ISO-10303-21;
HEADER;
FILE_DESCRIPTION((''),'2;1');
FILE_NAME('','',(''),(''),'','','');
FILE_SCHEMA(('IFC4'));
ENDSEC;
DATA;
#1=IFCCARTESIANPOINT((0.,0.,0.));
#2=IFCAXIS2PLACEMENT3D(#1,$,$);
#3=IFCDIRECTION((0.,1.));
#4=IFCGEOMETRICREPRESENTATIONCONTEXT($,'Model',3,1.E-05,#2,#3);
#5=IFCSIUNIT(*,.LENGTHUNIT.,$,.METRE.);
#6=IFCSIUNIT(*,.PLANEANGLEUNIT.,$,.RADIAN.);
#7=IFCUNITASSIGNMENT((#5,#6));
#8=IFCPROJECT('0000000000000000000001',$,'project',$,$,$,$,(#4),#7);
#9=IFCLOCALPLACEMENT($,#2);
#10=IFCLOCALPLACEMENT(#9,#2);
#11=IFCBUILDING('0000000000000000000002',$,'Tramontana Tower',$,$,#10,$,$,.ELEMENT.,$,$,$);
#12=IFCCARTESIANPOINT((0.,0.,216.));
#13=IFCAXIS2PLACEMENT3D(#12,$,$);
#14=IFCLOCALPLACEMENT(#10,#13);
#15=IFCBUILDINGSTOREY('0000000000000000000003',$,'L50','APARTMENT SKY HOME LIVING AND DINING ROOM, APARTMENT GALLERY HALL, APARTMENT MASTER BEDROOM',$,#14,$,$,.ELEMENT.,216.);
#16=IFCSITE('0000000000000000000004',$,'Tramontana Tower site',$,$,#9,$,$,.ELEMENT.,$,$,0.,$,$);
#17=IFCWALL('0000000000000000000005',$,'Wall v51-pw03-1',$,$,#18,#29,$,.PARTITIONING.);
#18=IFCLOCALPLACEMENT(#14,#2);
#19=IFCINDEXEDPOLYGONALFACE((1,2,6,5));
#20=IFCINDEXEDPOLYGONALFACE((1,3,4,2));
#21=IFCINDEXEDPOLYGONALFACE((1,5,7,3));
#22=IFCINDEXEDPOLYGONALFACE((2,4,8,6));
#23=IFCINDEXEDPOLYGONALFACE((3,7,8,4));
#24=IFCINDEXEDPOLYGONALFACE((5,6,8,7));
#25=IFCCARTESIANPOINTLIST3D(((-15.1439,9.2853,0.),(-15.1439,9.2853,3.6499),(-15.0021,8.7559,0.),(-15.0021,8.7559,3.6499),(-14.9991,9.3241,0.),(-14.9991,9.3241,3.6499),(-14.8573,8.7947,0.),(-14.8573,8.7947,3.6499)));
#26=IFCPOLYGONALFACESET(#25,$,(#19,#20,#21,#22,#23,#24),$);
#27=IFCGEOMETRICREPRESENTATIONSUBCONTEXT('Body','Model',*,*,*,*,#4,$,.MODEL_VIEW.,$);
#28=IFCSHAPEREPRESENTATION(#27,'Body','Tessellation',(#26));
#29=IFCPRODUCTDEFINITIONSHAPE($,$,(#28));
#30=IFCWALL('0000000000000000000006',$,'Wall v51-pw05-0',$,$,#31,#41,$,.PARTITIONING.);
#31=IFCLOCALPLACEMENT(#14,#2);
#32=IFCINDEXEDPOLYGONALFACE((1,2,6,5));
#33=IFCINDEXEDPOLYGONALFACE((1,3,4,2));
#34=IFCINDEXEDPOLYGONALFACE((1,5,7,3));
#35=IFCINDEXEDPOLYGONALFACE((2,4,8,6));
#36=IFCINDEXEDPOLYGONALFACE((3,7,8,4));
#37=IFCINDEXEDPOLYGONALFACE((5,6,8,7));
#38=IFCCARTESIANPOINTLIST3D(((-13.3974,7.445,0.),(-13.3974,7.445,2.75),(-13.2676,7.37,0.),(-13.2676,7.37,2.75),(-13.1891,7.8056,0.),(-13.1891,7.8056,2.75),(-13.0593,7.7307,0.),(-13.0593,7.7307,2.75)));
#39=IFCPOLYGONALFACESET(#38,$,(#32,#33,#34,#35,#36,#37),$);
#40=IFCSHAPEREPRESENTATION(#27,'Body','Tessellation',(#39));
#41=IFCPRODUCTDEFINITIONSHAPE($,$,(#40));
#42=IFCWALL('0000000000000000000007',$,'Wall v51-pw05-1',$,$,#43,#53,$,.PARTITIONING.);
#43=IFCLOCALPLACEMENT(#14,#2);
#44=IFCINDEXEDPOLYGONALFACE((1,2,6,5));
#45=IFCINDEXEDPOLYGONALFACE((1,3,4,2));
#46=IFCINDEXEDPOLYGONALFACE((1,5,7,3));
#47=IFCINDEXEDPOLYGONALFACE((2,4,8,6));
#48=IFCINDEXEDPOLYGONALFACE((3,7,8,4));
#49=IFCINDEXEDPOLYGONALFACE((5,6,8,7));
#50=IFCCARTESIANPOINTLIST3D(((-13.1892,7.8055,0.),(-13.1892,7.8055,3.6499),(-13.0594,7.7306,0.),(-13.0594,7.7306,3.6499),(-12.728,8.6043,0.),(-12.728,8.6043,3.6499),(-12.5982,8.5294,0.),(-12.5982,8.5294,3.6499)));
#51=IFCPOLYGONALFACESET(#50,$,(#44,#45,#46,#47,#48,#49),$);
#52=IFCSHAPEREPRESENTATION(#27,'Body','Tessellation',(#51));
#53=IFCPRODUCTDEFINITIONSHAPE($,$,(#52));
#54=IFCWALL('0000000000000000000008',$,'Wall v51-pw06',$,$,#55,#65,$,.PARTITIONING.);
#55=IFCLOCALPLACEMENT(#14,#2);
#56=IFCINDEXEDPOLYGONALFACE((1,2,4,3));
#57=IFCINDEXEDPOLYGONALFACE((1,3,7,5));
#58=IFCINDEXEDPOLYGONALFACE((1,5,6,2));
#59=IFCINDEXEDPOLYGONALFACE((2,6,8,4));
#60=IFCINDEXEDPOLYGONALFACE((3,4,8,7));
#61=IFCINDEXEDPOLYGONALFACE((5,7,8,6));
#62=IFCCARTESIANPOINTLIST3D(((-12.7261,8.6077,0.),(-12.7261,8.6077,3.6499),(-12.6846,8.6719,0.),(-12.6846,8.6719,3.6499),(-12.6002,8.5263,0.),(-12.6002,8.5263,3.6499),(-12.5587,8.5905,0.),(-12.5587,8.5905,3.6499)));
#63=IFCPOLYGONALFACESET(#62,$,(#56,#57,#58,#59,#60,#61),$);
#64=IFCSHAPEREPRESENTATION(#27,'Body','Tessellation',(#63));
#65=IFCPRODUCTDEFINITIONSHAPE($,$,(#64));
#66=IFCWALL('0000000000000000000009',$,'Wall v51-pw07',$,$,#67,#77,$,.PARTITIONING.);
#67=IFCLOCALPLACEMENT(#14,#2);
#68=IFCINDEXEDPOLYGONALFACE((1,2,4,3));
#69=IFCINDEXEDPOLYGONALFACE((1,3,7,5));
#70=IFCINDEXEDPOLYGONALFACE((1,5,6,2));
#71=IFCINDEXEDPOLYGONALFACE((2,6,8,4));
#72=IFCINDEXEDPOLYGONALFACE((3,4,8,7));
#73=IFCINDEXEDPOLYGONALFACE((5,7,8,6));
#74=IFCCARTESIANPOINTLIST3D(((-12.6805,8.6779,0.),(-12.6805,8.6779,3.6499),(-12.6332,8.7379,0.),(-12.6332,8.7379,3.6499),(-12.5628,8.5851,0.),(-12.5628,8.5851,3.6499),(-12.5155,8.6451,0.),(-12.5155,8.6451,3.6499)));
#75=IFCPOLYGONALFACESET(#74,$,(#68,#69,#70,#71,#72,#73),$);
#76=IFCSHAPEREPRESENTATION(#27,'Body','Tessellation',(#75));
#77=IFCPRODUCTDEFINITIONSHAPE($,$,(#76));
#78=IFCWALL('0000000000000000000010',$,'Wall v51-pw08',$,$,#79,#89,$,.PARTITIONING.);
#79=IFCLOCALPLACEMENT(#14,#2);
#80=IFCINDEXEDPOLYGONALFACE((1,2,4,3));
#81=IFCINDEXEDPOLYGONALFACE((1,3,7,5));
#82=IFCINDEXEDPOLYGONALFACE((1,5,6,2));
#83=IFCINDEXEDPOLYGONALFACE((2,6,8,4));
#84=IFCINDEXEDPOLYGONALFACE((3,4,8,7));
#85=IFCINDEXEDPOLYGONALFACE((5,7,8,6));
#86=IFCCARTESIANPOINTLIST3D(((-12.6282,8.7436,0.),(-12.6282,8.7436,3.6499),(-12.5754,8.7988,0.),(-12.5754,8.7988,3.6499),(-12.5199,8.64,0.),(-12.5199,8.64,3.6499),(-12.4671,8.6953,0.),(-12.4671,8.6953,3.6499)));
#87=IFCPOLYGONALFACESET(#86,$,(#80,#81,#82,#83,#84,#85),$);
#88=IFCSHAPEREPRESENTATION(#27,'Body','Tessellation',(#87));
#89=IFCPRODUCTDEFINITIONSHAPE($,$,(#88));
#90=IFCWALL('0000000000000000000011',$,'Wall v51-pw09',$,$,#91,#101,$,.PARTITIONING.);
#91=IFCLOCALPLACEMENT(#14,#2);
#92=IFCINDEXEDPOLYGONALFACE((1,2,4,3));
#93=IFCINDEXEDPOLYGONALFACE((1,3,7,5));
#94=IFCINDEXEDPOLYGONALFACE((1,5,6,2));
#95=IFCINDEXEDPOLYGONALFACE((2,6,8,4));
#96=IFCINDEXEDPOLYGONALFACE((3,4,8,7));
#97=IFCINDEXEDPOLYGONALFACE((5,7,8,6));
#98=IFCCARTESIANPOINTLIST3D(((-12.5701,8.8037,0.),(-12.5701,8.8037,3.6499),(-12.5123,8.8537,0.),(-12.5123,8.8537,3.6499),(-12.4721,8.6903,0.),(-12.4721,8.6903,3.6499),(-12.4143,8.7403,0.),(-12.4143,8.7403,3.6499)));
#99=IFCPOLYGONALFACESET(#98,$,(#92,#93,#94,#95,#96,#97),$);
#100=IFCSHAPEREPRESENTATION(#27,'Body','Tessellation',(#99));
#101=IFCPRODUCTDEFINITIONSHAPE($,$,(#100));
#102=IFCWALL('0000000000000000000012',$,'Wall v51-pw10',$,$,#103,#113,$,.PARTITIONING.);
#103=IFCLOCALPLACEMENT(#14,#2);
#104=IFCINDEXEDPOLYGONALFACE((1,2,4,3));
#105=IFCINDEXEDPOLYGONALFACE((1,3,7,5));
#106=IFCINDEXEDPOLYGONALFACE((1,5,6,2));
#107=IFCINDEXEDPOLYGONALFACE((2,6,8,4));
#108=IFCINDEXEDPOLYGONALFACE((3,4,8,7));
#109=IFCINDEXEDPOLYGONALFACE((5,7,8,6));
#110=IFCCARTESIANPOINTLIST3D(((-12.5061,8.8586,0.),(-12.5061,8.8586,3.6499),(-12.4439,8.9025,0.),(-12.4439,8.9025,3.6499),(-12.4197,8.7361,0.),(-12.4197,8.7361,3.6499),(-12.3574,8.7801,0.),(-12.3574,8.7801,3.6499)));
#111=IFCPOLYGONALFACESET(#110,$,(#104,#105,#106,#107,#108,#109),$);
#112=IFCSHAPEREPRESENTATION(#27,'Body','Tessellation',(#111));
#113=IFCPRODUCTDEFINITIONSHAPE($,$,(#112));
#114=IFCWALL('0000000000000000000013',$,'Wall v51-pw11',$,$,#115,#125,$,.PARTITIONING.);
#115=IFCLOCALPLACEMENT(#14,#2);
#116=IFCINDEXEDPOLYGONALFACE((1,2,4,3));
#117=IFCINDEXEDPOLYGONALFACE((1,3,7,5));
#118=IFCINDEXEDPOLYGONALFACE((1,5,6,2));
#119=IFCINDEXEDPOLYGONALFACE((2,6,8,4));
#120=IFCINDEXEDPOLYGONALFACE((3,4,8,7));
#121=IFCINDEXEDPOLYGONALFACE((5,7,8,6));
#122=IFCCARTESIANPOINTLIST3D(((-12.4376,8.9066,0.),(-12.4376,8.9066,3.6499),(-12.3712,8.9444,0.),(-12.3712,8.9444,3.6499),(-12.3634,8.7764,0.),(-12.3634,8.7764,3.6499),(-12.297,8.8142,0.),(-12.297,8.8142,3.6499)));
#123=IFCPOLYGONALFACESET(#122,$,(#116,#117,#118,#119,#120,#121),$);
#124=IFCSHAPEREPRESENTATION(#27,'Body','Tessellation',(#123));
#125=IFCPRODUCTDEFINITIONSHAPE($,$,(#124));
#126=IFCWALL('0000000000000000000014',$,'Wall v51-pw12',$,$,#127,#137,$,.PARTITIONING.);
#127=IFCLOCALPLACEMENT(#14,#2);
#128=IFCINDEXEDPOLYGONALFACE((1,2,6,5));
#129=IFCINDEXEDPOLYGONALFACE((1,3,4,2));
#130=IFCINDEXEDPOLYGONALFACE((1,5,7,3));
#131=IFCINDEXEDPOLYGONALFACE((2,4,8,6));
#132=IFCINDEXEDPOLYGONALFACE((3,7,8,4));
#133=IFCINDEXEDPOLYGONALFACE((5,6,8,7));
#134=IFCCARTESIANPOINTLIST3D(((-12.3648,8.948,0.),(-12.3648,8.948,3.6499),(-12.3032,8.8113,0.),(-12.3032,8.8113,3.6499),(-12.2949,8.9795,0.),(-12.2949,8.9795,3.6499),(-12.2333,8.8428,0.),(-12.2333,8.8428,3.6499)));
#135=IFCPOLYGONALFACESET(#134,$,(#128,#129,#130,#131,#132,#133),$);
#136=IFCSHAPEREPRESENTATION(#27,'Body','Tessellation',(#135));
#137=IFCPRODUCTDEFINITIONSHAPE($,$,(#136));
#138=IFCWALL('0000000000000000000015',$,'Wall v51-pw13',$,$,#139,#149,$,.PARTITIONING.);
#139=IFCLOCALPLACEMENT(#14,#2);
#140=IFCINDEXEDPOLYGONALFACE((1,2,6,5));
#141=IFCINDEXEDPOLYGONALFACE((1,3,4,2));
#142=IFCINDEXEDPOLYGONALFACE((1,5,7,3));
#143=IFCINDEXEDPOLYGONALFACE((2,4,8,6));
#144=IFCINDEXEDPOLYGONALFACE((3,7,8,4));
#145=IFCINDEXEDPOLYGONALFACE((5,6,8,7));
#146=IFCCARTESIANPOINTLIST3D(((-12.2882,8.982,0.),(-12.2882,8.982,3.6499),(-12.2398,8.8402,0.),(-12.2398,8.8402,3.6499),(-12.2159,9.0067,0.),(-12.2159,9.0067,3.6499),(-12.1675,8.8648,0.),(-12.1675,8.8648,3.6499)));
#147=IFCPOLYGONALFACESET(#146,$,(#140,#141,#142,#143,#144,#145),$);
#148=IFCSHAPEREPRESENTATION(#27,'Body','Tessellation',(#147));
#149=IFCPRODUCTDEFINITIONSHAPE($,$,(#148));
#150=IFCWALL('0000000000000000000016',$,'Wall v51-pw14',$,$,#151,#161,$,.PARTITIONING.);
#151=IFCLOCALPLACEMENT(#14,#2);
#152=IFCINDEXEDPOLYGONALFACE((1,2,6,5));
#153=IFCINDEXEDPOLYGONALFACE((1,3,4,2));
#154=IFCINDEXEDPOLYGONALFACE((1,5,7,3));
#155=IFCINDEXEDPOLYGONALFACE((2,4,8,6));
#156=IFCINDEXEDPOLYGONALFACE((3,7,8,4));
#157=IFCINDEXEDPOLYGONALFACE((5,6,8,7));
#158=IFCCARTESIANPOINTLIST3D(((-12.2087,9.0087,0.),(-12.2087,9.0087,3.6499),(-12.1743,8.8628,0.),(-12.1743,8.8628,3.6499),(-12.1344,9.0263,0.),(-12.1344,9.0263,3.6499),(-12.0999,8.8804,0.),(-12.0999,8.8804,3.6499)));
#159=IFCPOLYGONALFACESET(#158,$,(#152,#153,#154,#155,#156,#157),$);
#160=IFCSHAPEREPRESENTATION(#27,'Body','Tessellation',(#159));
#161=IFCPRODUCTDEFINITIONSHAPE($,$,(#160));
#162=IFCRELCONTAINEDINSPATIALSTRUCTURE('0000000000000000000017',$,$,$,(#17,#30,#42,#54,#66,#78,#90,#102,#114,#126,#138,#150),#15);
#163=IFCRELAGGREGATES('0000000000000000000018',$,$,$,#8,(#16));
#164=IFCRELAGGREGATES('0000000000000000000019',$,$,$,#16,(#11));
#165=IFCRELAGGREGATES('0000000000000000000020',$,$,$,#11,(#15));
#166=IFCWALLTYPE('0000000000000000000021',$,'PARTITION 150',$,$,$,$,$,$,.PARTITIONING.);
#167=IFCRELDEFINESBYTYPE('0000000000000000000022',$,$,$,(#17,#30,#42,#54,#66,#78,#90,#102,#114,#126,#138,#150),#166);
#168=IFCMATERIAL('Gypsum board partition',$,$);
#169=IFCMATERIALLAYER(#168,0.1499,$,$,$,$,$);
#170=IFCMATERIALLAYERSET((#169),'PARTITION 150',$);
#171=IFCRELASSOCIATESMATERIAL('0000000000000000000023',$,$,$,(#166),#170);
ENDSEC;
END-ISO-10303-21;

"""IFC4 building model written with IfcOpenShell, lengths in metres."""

from ifc_helpers import new_model, si_unit, direction, frame, frame_2d, origin, place, context, subcontext, project, spatial, rectangle, extrude, material, layer, layer_set, type_object, element, save


model = new_model("IFC4")

# Units and contexts
model_context = context("Model", 3, precision=1e-05, world=origin(), true_north=direction((0.0, 1.0)))
body_context = subcontext(model_context, "Body", "Model", "MODEL_VIEW")
ifc_project = project(units=[si_unit("LENGTHUNIT", "METRE"), si_unit("PLANEANGLEUNIT", "RADIAN")], contexts=[model_context])

# Site, building, storey
site_placement = place(None, origin())
site = spatial("IfcSite", under=ifc_project, at=site_placement, Name="Tramontana Tower site", CompositionType="ELEMENT", RefElevation=0.0)
building_placement = place(site_placement, origin())
building = spatial("IfcBuilding", under=site, at=building_placement, Name="Tramontana Tower", CompositionType="ELEMENT")
storey_placement = place(building_placement, frame((0.0, 0.0, 216.0)))
storey = spatial("IfcBuildingStorey", under=building, at=storey_placement, Name="L50", Description="APARTMENT SKY HOME LIVING AND DINING ROOM, APARTMENT GALLERY HALL, APARTMENT MASTER BEDROOM", CompositionType="ELEMENT", Elevation=216.0)

# Walls
ifc_material_1 = material(Name="Gypsum board partition")
ifc_layer_1 = layer(ifc_material_1, 0.1499)
ifc_layer_set_1 = layer_set([ifc_layer_1], Name="PARTITION 150")
wall_type_1 = type_object("IfcWallType", Name="PARTITION 150", PredefinedType="PARTITIONING", material=ifc_layer_set_1)
wall_1_placement = place(storey_placement, frame((-14.9297, 8.7754, 0.0), z_axis=(0.0, 0.0, 1.0), x_axis=(-0.258744, 0.965946, 0.0)))
element("IfcWall", 1, at=wall_1_placement, inside=storey, type_object=wall_type_1, Name="Wall v51-pw03-1", PredefinedType="PARTITIONING", context=body_context, shape_type="SweptSolid", body=[
    extrude(rectangle(XDim=0.5481, YDim=0.1499, at=frame_2d((0.2739, 0.0))), origin(), (0.0, 0.0, 1.0), 3.6499),
])
wall_2_placement = place(storey_placement, frame((-13.3325, 7.4075, 0.0), z_axis=(0.0, 0.0, 1.0), x_axis=(0.500112, 0.865961, 0.0)))
element("IfcWall", 2, at=wall_2_placement, inside=storey, type_object=wall_type_1, Name="Wall v51-pw05-0", PredefinedType="PARTITIONING", context=body_context, shape_type="SweptSolid", body=[
    extrude(rectangle(XDim=0.4165, YDim=0.1499, at=frame_2d((0.2083, 0.0))), origin(), (0.0, 0.0, 1.0), 2.75),
])
wall_3_placement = place(storey_placement, frame((-13.1243, 7.7681, 0.0), z_axis=(0.0, 0.0, 1.0), x_axis=(0.499982, 0.866036, 0.0)))
element("IfcWall", 3, at=wall_3_placement, inside=storey, type_object=wall_type_1, Name="Wall v51-pw05-1", PredefinedType="PARTITIONING", context=body_context, shape_type="SweptSolid", body=[
    extrude(rectangle(XDim=0.9224, YDim=0.1499, at=frame_2d((0.4612, 0.0))), origin(), (0.0, 0.0, 1.0), 3.6499),
])
for number, where, z_axis, x_axis, name in (
    (4, (-12.6631, 8.5671, 0.0), (0.0, 0.0, 1.0), (0.542854, 0.839827, 0.0), "Wall v51-pw06"),
    (5, (-12.6216, 8.6316, 0.0), (0.0, 0.0, 1.0), (0.61923, 0.785209, 0.0), "Wall v51-pw07"),
    (6, (-12.574, 8.6919, 0.0), (0.0, 0.0, 1.0), (0.690932, 0.72292, 0.0), "Wall v51-pw08"),
    (7, (-12.521, 8.7471, 0.0), (0.0, 0.0, 1.0), (0.75632, 0.654201, 0.0), "Wall v51-pw09"),
):
    element("IfcWall", number, at=place(storey_placement, frame(where, z_axis=z_axis, x_axis=x_axis)), inside=storey, type_object=wall_type_1, Name=name, PredefinedType="PARTITIONING", context=body_context, shape_type="SweptSolid", body=[
        extrude(rectangle(XDim=0.0764, YDim=0.1499, at=frame_2d((0.0381, 0.0))), origin(), (0.0, 0.0, 1.0), 3.6499),
    ])
wall_4_placement = place(storey_placement, frame((-12.4629, 8.7974, 0.0), z_axis=(0.0, 0.0, 1.0), x_axis=(0.816968, 0.576683, 0.0)))
element("IfcWall", 8, at=wall_4_placement, inside=storey, type_object=wall_type_1, Name="Wall v51-pw10", PredefinedType="PARTITIONING", context=body_context, shape_type="SweptSolid", body=[
    extrude(rectangle(XDim=0.0762, YDim=0.1499, at=frame_2d((0.0381, 0.0))), origin(), (0.0, 0.0, 1.0), 3.6499),
])
wall_5_placement = place(storey_placement, frame((-12.4004, 8.8416, 0.0), z_axis=(0.0, 0.0, 1.0), x_axis=(0.868832, 0.495107, 0.0)))
element("IfcWall", 9, at=wall_5_placement, inside=storey, type_object=wall_type_1, Name="Wall v51-pw11", PredefinedType="PARTITIONING", context=body_context, shape_type="SweptSolid", body=[
    extrude(rectangle(XDim=0.0764, YDim=0.1499, at=frame_2d((0.0381, 0.0))), origin(), (0.0, 0.0, 1.0), 3.6499),
])
wall_6_placement = place(storey_placement, frame((-12.334, 8.8796, 0.0), z_axis=(0.0, 0.0, 1.0), x_axis=(0.911563, 0.41116, 0.0)))
element("IfcWall", 10, at=wall_6_placement, inside=storey, type_object=wall_type_1, Name="Wall v51-pw12", PredefinedType="PARTITIONING", context=body_context, shape_type="SweptSolid", body=[
    extrude(rectangle(XDim=0.0767, YDim=0.1499, at=frame_2d((0.0383, 0.0))), origin(), (0.0, 0.0, 1.0), 3.6499),
])
for number, where, z_axis, x_axis, name in (
    (11, (-12.2639, 8.9111, 0.0), (0.0, 0.0, 1.0), (0.946421, 0.322934, 0.0), "Wall v51-pw13"),
    (12, (-12.1914, 8.9358, 0.0), (0.0, 0.0, 1.0), (0.97325, 0.229751, 0.0), "Wall v51-pw14"),
):
    element("IfcWall", number, at=place(storey_placement, frame(where, z_axis=z_axis, x_axis=x_axis)), inside=storey, type_object=wall_type_1, Name=name, PredefinedType="PARTITIONING", context=body_context, shape_type="SweptSolid", body=[
        extrude(rectangle(XDim=0.0764, YDim=0.1499, at=frame_2d((0.0381, 0.0))), origin(), (0.0, 0.0, 1.0), 3.6499),
    ])

save(model, "model.ifc")
